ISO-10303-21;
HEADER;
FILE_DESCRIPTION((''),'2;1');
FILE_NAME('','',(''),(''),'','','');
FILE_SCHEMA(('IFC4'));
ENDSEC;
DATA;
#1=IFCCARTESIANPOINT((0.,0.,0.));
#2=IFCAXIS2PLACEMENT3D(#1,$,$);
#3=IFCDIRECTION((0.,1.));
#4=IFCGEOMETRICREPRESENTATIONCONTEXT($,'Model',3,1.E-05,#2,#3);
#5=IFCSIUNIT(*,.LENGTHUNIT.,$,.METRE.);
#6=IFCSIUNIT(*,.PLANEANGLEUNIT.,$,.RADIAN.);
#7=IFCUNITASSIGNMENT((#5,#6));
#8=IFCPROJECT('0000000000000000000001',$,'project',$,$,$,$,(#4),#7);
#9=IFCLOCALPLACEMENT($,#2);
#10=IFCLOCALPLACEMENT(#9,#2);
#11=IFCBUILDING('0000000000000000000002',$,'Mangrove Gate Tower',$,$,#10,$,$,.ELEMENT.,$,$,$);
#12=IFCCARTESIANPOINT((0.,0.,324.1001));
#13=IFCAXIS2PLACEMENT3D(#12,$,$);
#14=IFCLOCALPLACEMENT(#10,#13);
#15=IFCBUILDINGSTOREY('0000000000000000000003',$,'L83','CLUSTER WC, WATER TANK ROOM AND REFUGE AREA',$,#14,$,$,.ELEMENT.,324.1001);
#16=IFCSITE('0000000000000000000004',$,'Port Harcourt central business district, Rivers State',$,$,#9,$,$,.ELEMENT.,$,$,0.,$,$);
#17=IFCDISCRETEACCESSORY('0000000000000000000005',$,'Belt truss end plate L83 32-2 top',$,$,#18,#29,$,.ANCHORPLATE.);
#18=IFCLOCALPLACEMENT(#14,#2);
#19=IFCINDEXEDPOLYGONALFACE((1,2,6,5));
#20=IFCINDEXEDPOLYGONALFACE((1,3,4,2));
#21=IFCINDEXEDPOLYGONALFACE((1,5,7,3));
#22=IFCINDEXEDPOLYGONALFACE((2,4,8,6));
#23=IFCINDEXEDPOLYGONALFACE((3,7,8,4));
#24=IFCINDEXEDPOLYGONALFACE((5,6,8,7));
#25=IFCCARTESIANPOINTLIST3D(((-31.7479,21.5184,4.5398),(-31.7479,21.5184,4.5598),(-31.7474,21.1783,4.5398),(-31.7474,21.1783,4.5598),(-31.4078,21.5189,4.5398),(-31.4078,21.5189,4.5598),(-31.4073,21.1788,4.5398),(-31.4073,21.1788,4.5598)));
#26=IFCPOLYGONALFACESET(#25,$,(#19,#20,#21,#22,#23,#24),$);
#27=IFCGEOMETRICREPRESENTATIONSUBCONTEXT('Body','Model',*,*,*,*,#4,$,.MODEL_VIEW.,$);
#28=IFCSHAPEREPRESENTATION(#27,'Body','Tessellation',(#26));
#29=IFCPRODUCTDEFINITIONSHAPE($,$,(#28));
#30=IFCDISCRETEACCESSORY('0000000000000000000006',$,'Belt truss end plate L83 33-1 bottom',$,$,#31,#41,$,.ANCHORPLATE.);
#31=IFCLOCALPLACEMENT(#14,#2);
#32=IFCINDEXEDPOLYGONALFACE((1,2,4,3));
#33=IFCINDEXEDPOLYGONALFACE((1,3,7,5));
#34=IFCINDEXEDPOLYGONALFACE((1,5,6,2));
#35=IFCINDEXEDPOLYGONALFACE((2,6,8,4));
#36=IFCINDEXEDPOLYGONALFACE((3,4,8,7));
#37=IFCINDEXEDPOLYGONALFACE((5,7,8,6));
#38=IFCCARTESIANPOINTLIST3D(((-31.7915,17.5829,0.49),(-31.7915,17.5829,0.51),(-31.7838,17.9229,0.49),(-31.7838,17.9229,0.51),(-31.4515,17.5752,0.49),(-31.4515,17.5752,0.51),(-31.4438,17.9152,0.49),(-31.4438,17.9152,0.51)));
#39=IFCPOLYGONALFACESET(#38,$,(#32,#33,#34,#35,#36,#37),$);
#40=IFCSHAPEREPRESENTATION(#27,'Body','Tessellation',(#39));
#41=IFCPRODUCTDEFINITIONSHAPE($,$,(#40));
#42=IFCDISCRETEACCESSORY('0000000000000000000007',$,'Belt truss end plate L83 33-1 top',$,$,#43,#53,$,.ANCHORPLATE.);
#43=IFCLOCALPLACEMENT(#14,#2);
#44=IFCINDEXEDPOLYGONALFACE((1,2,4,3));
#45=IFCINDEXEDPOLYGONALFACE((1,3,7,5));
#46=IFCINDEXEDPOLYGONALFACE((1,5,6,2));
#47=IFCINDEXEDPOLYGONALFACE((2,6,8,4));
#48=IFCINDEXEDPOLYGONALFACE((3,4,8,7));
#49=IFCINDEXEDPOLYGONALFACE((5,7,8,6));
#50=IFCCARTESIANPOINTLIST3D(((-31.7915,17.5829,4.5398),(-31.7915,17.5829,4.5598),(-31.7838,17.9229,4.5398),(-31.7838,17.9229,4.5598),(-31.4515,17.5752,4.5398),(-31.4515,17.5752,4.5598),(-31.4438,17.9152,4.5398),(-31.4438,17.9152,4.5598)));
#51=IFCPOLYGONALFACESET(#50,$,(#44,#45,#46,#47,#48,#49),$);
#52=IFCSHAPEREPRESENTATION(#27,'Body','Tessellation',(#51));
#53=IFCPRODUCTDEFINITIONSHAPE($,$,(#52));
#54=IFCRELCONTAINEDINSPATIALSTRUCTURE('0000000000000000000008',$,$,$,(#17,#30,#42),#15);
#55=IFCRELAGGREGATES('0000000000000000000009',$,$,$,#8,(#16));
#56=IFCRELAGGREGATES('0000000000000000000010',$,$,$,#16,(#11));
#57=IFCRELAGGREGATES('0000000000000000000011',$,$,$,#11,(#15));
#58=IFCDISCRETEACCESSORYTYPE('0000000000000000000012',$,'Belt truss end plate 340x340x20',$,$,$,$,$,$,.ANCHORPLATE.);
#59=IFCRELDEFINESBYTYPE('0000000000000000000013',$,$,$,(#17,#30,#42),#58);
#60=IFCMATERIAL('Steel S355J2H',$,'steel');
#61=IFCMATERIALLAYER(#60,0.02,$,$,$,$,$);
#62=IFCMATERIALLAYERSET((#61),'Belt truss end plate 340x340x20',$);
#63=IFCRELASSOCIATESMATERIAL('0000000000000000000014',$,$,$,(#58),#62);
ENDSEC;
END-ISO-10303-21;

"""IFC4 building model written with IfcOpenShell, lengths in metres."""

from ifc_helpers import new_model, si_unit, direction, frame, origin, origin_2d, place, context, subcontext, project, spatial, rectangle, extrude, material, layer, layer_set, type_object, element, save


model = new_model("IFC4")

# Units and contexts
model_context = context("Model", 3, precision=1e-05, world=origin(), true_north=direction((0.0, 1.0)))
body_context = subcontext(model_context, "Body", "Model", "MODEL_VIEW")
ifc_project = project(units=[si_unit("LENGTHUNIT", "METRE"), si_unit("PLANEANGLEUNIT", "RADIAN")], contexts=[model_context])

# Site, building, storey
site_placement = place(None, origin())
site = spatial("IfcSite", under=ifc_project, at=site_placement, Name="Port Harcourt central business district, Rivers State", CompositionType="ELEMENT", RefElevation=0.0)
building_placement = place(site_placement, origin())
building = spatial("IfcBuilding", under=site, at=building_placement, Name="Mangrove Gate Tower", CompositionType="ELEMENT")
storey_placement = place(building_placement, frame((0.0, 0.0, 324.1001)))
storey = spatial("IfcBuildingStorey", under=building, at=storey_placement, Name="L83", Description="CLUSTER WC, WATER TANK ROOM AND REFUGE AREA", CompositionType="ELEMENT", Elevation=324.1001)

# Discrete accessories
ifc_material_1 = material(Name="Steel S355J2H", Category="steel")
ifc_layer_1 = layer(ifc_material_1, 0.02)
ifc_layer_set_1 = layer_set([ifc_layer_1], Name="Belt truss end plate 340x340x20")
discrete_accessory_type = type_object("IfcDiscreteAccessoryType", Name="Belt truss end plate 340x340x20", PredefinedType="ANCHORPLATE", material=ifc_layer_set_1)
for number, where, z_axis, x_axis, name in (
    (1, (-31.5776, 21.3486, 4.5398), (0.0, 0.0, 1.0), (0.001434, -0.999999, 0.0), "Belt truss end plate L83 32-2 top"),
    (2, (-31.6177, 17.749, 0.49), (0.0, 0.0, 1.0), (-0.022656, -0.999743, 0.0), "Belt truss end plate L83 33-1 bottom"),
    (3, (-31.6177, 17.749, 4.5398), (0.0, 0.0, 1.0), (-0.022656, -0.999743, 0.0), "Belt truss end plate L83 33-1 top"),
):
    element("IfcDiscreteAccessory", number, at=place(storey_placement, frame(where, z_axis=z_axis, x_axis=x_axis)), inside=storey, type_object=discrete_accessory_type, Name=name, PredefinedType="ANCHORPLATE", context=body_context, shape_type="SweptSolid", body=[
        extrude(rectangle(XDim=0.3401, YDim=0.3401, at=origin_2d()), origin(), (0.0, 0.0, 1.0), 0.02),
    ])

save(model, "model.ifc")
